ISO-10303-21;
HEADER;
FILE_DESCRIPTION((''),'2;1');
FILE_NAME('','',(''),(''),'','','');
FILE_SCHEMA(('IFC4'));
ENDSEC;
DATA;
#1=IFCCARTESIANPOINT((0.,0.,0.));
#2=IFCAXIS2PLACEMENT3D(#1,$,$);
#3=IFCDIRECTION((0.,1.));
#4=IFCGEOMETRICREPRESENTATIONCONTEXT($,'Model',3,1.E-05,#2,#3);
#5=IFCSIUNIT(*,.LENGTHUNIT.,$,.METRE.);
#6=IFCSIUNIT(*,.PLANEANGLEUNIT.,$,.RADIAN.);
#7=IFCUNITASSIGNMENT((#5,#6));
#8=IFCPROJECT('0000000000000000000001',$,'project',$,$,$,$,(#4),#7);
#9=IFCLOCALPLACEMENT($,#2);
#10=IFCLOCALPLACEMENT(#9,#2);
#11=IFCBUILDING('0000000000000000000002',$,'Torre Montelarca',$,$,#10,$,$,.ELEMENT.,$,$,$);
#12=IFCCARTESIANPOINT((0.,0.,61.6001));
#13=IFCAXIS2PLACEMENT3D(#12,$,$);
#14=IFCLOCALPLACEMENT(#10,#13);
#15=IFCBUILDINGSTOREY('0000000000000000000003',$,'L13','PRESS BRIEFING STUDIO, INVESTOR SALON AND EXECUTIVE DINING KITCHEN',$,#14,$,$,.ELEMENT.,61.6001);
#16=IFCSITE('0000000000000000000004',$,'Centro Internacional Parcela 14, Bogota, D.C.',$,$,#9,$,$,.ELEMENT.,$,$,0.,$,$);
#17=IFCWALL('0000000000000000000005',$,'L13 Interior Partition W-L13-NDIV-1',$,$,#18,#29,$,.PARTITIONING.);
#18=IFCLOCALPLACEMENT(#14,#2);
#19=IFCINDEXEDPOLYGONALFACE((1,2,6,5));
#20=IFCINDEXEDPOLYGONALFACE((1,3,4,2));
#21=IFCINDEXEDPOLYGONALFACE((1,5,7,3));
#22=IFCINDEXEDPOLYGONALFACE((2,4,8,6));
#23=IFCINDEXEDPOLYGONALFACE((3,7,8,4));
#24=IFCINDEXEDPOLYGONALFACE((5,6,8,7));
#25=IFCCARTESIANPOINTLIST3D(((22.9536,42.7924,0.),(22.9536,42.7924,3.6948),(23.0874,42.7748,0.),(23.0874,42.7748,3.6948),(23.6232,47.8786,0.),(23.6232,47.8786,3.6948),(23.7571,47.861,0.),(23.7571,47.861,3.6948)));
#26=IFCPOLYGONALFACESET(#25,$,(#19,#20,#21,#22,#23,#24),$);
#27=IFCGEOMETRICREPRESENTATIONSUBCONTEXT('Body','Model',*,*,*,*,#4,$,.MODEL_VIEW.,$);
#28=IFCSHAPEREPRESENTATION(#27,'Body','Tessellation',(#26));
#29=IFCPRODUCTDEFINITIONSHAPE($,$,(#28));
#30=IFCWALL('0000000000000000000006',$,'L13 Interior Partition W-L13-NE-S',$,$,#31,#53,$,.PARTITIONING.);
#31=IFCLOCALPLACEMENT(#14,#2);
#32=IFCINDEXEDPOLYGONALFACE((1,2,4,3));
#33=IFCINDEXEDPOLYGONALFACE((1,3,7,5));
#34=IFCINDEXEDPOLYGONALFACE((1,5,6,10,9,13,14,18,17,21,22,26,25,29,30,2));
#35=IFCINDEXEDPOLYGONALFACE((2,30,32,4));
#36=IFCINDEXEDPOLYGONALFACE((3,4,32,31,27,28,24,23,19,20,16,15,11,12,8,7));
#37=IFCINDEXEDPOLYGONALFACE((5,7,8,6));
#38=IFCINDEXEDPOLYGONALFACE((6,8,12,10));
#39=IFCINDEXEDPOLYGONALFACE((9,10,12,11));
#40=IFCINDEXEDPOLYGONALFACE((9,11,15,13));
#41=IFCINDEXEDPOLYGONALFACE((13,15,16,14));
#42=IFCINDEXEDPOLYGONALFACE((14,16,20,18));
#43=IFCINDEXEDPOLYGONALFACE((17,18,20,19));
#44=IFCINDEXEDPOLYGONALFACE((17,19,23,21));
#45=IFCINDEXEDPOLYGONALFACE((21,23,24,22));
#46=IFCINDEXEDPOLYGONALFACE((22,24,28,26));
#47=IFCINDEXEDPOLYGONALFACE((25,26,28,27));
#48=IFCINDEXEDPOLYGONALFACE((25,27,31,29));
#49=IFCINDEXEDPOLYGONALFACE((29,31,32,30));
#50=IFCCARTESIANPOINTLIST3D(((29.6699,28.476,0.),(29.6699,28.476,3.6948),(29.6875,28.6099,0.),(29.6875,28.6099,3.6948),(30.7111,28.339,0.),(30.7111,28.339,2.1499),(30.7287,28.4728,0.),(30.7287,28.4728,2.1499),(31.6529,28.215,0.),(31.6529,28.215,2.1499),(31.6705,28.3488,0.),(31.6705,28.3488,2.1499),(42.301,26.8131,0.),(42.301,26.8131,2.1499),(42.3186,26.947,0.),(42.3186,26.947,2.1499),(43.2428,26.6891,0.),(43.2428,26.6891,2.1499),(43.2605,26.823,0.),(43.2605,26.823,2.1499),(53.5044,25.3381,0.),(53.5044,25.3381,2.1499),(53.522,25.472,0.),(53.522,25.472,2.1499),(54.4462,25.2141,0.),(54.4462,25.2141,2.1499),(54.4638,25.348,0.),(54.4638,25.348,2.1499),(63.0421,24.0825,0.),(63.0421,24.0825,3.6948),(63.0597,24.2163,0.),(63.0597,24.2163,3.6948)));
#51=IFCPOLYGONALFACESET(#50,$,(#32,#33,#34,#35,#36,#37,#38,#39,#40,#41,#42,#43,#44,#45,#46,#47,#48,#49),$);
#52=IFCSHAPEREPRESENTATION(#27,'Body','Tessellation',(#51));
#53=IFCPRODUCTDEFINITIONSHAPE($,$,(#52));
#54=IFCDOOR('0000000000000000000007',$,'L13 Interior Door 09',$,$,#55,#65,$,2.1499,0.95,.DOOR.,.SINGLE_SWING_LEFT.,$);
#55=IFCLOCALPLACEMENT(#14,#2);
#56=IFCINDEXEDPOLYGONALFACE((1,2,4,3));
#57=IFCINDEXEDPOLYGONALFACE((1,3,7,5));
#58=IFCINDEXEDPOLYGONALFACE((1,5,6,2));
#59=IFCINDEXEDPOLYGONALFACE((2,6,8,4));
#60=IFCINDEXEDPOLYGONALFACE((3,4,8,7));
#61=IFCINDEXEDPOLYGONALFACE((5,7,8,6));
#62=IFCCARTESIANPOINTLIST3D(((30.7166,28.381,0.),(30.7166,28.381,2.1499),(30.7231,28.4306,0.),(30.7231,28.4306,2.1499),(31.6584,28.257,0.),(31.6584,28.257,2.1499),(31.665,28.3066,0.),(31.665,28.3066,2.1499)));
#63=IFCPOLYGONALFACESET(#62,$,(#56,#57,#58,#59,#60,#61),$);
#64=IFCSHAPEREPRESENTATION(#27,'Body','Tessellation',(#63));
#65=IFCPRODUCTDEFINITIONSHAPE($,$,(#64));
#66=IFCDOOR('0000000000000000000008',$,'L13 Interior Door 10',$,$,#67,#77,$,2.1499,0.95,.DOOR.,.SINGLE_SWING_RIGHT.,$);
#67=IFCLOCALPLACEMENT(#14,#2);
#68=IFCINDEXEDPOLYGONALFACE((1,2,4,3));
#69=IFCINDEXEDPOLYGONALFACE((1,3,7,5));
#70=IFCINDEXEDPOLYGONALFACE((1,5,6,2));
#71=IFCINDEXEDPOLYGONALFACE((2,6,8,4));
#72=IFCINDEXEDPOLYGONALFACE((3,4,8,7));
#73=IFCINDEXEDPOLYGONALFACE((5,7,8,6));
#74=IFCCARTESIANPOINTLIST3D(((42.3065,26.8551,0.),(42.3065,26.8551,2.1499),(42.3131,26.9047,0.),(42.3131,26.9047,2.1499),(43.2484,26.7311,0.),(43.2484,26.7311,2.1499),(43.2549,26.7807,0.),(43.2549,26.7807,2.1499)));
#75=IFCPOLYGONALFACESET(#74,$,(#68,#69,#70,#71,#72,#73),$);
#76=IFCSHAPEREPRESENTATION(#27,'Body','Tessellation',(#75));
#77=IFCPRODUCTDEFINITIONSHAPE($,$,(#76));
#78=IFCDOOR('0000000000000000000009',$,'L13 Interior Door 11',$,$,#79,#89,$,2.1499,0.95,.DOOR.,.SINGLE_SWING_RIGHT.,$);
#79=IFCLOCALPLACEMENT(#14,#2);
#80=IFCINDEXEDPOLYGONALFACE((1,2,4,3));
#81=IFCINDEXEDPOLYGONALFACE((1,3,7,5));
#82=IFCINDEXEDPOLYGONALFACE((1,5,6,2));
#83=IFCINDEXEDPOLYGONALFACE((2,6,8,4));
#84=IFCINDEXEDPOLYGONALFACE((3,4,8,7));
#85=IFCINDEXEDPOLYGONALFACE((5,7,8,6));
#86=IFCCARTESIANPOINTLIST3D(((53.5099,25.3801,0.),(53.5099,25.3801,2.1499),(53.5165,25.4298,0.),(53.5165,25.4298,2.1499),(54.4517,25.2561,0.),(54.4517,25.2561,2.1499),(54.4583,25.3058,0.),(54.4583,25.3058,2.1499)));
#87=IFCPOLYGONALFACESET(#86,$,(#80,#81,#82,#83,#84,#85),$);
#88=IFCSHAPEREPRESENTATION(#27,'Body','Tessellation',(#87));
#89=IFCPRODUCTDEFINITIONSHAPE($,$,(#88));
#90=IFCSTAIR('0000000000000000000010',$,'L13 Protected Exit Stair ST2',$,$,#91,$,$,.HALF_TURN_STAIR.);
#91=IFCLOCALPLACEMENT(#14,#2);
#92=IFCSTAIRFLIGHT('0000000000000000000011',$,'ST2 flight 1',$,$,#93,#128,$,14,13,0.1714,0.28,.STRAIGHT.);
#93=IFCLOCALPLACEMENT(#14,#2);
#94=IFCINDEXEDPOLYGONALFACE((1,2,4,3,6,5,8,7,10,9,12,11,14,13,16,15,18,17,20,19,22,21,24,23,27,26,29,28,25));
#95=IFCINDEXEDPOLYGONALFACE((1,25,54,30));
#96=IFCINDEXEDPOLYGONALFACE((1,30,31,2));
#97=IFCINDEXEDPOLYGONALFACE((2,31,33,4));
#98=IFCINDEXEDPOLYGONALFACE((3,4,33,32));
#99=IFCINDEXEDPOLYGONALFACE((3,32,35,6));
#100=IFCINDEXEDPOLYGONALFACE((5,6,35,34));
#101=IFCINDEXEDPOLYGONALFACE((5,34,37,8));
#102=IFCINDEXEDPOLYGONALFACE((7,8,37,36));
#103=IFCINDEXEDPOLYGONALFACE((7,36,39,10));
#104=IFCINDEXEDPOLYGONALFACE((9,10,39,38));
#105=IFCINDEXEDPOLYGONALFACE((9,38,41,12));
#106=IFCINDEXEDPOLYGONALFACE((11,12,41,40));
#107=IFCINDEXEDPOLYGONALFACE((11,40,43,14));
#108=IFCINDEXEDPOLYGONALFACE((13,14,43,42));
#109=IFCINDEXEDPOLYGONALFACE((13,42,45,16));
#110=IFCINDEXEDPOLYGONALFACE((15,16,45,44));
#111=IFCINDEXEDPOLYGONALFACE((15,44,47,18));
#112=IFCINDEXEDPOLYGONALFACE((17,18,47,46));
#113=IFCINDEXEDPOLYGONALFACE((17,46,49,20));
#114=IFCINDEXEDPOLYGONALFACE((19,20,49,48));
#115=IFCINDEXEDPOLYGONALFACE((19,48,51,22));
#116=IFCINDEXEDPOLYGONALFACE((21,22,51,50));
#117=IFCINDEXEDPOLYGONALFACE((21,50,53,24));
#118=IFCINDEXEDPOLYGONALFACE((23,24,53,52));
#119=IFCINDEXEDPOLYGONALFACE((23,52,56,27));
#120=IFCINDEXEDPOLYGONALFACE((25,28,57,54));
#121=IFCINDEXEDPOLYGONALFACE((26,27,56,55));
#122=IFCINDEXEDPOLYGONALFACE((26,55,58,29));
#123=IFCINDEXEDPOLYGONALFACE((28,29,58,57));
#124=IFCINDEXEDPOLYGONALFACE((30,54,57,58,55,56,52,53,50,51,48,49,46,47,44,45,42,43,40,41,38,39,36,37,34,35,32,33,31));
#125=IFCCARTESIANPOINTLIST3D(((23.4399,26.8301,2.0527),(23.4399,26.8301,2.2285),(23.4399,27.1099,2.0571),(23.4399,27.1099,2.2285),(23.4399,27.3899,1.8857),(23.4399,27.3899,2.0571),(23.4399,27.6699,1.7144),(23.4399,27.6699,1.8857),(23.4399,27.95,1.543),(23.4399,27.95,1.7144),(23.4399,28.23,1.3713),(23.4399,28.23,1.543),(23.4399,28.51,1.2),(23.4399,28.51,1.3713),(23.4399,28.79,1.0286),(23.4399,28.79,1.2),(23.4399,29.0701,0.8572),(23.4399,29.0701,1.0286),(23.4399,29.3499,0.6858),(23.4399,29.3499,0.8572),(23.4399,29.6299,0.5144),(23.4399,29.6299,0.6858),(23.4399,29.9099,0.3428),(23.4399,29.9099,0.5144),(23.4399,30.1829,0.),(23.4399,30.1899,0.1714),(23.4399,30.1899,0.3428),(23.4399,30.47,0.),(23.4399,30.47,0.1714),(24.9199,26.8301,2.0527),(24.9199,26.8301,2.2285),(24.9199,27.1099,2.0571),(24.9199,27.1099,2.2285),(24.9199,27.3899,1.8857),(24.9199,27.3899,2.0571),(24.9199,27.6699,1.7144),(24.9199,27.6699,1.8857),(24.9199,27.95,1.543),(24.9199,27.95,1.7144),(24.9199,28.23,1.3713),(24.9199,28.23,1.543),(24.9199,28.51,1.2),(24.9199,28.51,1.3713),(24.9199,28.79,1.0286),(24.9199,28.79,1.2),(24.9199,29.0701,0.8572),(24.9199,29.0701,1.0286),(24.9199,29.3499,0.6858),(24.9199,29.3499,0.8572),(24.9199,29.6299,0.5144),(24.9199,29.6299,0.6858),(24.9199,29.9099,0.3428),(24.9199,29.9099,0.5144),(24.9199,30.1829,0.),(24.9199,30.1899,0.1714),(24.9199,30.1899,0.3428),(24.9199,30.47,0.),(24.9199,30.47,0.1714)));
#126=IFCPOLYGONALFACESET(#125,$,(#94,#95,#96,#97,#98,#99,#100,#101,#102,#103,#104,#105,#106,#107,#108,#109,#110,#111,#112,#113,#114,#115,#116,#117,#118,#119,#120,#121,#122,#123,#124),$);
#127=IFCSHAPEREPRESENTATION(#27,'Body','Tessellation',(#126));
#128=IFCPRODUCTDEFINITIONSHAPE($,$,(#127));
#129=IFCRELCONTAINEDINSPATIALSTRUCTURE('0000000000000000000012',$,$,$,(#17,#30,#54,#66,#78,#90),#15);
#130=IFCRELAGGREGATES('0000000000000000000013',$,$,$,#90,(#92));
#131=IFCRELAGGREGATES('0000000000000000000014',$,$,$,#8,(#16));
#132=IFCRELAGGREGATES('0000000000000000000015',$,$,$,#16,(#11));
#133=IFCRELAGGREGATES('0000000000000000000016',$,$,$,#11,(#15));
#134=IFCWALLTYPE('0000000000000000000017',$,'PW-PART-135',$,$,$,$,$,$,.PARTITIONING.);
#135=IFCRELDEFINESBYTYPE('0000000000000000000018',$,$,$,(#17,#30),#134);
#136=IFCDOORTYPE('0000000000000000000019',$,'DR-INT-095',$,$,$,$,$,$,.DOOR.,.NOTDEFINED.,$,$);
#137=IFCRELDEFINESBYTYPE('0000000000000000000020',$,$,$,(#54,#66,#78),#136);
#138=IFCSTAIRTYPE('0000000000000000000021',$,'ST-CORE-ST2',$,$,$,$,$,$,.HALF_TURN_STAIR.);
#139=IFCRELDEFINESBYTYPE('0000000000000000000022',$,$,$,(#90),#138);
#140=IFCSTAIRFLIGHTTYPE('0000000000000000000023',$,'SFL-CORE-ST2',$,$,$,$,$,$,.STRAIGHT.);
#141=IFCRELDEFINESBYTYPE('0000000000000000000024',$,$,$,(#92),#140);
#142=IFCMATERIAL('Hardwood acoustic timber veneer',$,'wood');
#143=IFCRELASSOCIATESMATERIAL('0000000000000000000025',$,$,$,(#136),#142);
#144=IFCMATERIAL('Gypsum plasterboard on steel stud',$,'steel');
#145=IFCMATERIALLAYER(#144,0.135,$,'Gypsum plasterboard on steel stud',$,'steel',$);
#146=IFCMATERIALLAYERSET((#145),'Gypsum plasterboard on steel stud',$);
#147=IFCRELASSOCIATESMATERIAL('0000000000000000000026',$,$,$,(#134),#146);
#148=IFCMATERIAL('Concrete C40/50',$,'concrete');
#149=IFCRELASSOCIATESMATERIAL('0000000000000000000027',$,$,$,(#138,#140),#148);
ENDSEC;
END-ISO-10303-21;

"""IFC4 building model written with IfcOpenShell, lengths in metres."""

from ifc_helpers import new_model, si_unit, direction, frame, frame_2d, origin, place, context, subcontext, project, spatial, polyline, rectangle, outline, extrude, source, transform, mapped, material, layer, layer_set, type_object, element, fill, aggregate, save


model = new_model("IFC4")

# Units and contexts
model_context = context("Model", 3, precision=1e-05, world=origin(), true_north=direction((0.0, 1.0)))
body_context = subcontext(model_context, "Body", "Model", "MODEL_VIEW")
ifc_project = project(units=[si_unit("LENGTHUNIT", "METRE"), si_unit("PLANEANGLEUNIT", "RADIAN")], contexts=[model_context])

# Site, building, storey
site_placement = place(None, origin())
site = spatial("IfcSite", under=ifc_project, at=site_placement, Name="Centro Internacional Parcela 14, Bogota, D.C.", CompositionType="ELEMENT", RefElevation=0.0)
building_placement = place(site_placement, origin())
building = spatial("IfcBuilding", under=site, at=building_placement, Name="Torre Montelarca", CompositionType="ELEMENT")
storey_placement = place(building_placement, frame((0.0, 0.0, 61.6001)))
storey = spatial("IfcBuildingStorey", under=building, at=storey_placement, Name="L13", Description="PRESS BRIEFING STUDIO, INVESTOR SALON AND EXECUTIVE DINING KITCHEN", CompositionType="ELEMENT", Elevation=61.6001)

# Shared definitions
ifc_material_1 = material(Name="Concrete C40/50", Category="concrete")

# Shared definitions
ifc_material_2 = material(Name="Gypsum plasterboard on steel stud", Category="steel")

# Shared definitions
ifc_material_3 = material(Name="Hardwood acoustic timber veneer", Category="wood")
door_type_1 = type_object("IfcDoorType", Name="DR-INT-095", OperationType="NOTDEFINED", PredefinedType="DOOR", material=ifc_material_3)
shared_shape_1 = source(origin(), body_context, "Body", "SweptSolid", [
    extrude(rectangle(XDim=0.95, YDim=2.1499, at=frame_2d((0.4751, 1.075))), frame((0.0, 0.0249, 0.0), z_axis=(0.0, -1.0, 0.0), x_axis=(1.0, 0.0, 0.0)), (0.0, 0.0, 1.0), 0.05),
])

# Wall
ifc_layer_1 = layer(ifc_material_2, 0.135, Name="Gypsum plasterboard on steel stud", Category="steel")
ifc_layer_set_1 = layer_set([ifc_layer_1], Name="Gypsum plasterboard on steel stud")
wall_type_1 = type_object("IfcWallType", Name="PW-PART-135", PredefinedType="PARTITIONING", material=ifc_layer_set_1)
wall_1_placement = place(storey_placement, frame((23.0205, 42.7837, 0.0), z_axis=(0.0, 0.0, 1.0), x_axis=(0.130539, 0.991443, 0.0)))
element("IfcWall", 1, at=wall_1_placement, inside=storey, type_object=wall_type_1, Name="L13 Interior Partition W-L13-NDIV-1", PredefinedType="PARTITIONING", context=body_context, shape_type="SweptSolid", body=[
    extrude(rectangle(XDim=5.1301, YDim=0.135, at=frame_2d((2.5649, 0.0))), origin(), (0.0, 0.0, 1.0), 3.6948),
])

# Wall, openings, doors
wall_2_placement = place(storey_placement, frame((29.6787, 28.543, 0.0), z_axis=(0.0, 0.0, 1.0), x_axis=(0.991445, -0.130527, 0.0)))
wall_2 = element("IfcWall", 2, at=wall_2_placement, inside=storey, type_object=wall_type_1, Name="L13 Interior Partition W-L13-NE-S", PredefinedType="PARTITIONING", context=body_context, shape_type="SweptSolid", body=[
    extrude(rectangle(XDim=33.6602, YDim=0.135, at=frame_2d((16.8301, 0.0))), origin(), (0.0, 0.0, 1.0), 3.6948),
])
opening_1_placement = place(wall_2_placement, frame((1.05, 0.0, 0.0)))
opening_1 = element("IfcOpeningElement", 3, at=opening_1_placement, cuts=wall_2, PredefinedType="OPENING", context=body_context, shape_type="SweptSolid", body=[
    extrude(rectangle(XDim=0.95, YDim=2.1499, at=frame_2d((0.4751, 1.075))), frame((0.0, 0.0776, 0.0), z_axis=(0.0, -1.0, 0.0), x_axis=(1.0, 0.0, 0.0)), (0.0, 0.0, 1.0), 0.155),
])
opening_2_placement = place(wall_2_placement, frame((12.74, 0.0, 0.0)))
opening_2 = element("IfcOpeningElement", 4, at=opening_2_placement, cuts=wall_2, PredefinedType="OPENING", context=body_context, shape_type="SweptSolid", body=[
    extrude(rectangle(XDim=0.95, YDim=2.1499, at=frame_2d((0.4751, 1.075))), frame((0.0, 0.0776, 0.0), z_axis=(0.0, -1.0, 0.0), x_axis=(1.0, 0.0, 0.0)), (0.0, 0.0, 1.0), 0.155),
])
opening_3_placement = place(wall_2_placement, frame((24.04, 0.0, 0.0)))
opening_3 = element("IfcOpeningElement", 5, at=opening_3_placement, cuts=wall_2, PredefinedType="OPENING", context=body_context, shape_type="SweptSolid", body=[
    extrude(rectangle(XDim=0.95, YDim=2.1499, at=frame_2d((0.4751, 1.075))), frame((0.0, 0.0776, 0.0), z_axis=(0.0, -1.0, 0.0), x_axis=(1.0, 0.0, 0.0)), (0.0, 0.0, 1.0), 0.155),
])
door_1_placement = place(opening_1_placement, origin())
door_1 = element("IfcDoor", 6, at=door_1_placement, inside=storey, type_object=door_type_1, Name="L13 Interior Door 09", OperationType="SINGLE_SWING_LEFT", OverallHeight=2.1499, OverallWidth=0.95, PredefinedType="DOOR", context=body_context, shape_type="MappedRepresentation", body=[
    mapped(shared_shape_1, transform((0.0, 0.0, 0.0), scale=1.0)),
])
fill(opening_1, door_1)
door_2_placement = place(opening_2_placement, origin())
door_2 = element("IfcDoor", 7, at=door_2_placement, inside=storey, type_object=door_type_1, Name="L13 Interior Door 10", OperationType="SINGLE_SWING_RIGHT", OverallHeight=2.1499, OverallWidth=0.95, PredefinedType="DOOR", context=body_context, shape_type="MappedRepresentation", body=[
    mapped(shared_shape_1, transform((0.0, 0.0, 0.0), scale=1.0)),
])
fill(opening_2, door_2)
door_3_placement = place(opening_3_placement, origin())
door_3 = element("IfcDoor", 8, at=door_3_placement, inside=storey, type_object=door_type_1, Name="L13 Interior Door 11", OperationType="SINGLE_SWING_RIGHT", OverallHeight=2.1499, OverallWidth=0.95, PredefinedType="DOOR", context=body_context, shape_type="MappedRepresentation", body=[
    mapped(shared_shape_1, transform((0.0, 0.0, 0.0), scale=1.0)),
])
fill(opening_3, door_3)

# Stair, stair flight
stair_type = type_object("IfcStairType", Name="ST-CORE-ST2", PredefinedType="HALF_TURN_STAIR", material=ifc_material_1)
stair_placement = place(storey_placement, origin())
stair = element("IfcStair", 9, at=stair_placement, inside=storey, type_object=stair_type, Name="L13 Protected Exit Stair ST2", PredefinedType="HALF_TURN_STAIR")
stair_flight_type = type_object("IfcStairFlightType", Name="SFL-CORE-ST2", PredefinedType="STRAIGHT", material=ifc_material_1)
stair_flight_placement = place(storey_placement, frame((24.1799, 30.47, 0.0), z_axis=(0.0, 0.0, 1.0), x_axis=(0.0, -1.0, 0.0)))
stair_flight = element("IfcStairFlight", 10, at=stair_flight_placement, type_object=stair_flight_type, Name="ST2 flight 1", NumberOfRisers=14, NumberOfTreads=13, PredefinedType="STRAIGHT", RiserHeight=0.1714, TreadLength=0.28, context=body_context, shape_type="SweptSolid", body=[
    extrude(outline(polyline([(0.0, 0.0), (0.0, 0.1714), (0.28, 0.1714), (0.28, 0.3428), (0.5601, 0.3428), (0.5601, 0.5144), (0.8401, 0.5144), (0.8401, 0.6858), (1.1201, 0.6858), (1.1201, 0.8572), (1.3999, 0.8572), (1.3999, 1.0286), (1.6799, 1.0286), (1.6799, 1.2), (1.96, 1.2), (1.96, 1.3713), (2.24, 1.3713), (2.24, 1.543), (2.52, 1.543), (2.52, 1.7144), (2.8, 1.7144), (2.8, 1.8857), (3.0801, 1.8857), (3.0801, 2.0571), (3.3601, 2.0571), (3.3601, 2.2285), (3.6399, 2.2285), (3.6399, 2.3999), (3.6399, 2.0527), (0.2871, 0.0), (0.0, 0.0)])), frame((0.0, 0.74, 0.0), z_axis=(0.0, -1.0, 0.0), x_axis=(1.0, 0.0, 0.0)), (0.0, 0.0, 1.0), 1.48),
])
aggregate(stair, [stair_flight])

save(model, "model.ifc")
